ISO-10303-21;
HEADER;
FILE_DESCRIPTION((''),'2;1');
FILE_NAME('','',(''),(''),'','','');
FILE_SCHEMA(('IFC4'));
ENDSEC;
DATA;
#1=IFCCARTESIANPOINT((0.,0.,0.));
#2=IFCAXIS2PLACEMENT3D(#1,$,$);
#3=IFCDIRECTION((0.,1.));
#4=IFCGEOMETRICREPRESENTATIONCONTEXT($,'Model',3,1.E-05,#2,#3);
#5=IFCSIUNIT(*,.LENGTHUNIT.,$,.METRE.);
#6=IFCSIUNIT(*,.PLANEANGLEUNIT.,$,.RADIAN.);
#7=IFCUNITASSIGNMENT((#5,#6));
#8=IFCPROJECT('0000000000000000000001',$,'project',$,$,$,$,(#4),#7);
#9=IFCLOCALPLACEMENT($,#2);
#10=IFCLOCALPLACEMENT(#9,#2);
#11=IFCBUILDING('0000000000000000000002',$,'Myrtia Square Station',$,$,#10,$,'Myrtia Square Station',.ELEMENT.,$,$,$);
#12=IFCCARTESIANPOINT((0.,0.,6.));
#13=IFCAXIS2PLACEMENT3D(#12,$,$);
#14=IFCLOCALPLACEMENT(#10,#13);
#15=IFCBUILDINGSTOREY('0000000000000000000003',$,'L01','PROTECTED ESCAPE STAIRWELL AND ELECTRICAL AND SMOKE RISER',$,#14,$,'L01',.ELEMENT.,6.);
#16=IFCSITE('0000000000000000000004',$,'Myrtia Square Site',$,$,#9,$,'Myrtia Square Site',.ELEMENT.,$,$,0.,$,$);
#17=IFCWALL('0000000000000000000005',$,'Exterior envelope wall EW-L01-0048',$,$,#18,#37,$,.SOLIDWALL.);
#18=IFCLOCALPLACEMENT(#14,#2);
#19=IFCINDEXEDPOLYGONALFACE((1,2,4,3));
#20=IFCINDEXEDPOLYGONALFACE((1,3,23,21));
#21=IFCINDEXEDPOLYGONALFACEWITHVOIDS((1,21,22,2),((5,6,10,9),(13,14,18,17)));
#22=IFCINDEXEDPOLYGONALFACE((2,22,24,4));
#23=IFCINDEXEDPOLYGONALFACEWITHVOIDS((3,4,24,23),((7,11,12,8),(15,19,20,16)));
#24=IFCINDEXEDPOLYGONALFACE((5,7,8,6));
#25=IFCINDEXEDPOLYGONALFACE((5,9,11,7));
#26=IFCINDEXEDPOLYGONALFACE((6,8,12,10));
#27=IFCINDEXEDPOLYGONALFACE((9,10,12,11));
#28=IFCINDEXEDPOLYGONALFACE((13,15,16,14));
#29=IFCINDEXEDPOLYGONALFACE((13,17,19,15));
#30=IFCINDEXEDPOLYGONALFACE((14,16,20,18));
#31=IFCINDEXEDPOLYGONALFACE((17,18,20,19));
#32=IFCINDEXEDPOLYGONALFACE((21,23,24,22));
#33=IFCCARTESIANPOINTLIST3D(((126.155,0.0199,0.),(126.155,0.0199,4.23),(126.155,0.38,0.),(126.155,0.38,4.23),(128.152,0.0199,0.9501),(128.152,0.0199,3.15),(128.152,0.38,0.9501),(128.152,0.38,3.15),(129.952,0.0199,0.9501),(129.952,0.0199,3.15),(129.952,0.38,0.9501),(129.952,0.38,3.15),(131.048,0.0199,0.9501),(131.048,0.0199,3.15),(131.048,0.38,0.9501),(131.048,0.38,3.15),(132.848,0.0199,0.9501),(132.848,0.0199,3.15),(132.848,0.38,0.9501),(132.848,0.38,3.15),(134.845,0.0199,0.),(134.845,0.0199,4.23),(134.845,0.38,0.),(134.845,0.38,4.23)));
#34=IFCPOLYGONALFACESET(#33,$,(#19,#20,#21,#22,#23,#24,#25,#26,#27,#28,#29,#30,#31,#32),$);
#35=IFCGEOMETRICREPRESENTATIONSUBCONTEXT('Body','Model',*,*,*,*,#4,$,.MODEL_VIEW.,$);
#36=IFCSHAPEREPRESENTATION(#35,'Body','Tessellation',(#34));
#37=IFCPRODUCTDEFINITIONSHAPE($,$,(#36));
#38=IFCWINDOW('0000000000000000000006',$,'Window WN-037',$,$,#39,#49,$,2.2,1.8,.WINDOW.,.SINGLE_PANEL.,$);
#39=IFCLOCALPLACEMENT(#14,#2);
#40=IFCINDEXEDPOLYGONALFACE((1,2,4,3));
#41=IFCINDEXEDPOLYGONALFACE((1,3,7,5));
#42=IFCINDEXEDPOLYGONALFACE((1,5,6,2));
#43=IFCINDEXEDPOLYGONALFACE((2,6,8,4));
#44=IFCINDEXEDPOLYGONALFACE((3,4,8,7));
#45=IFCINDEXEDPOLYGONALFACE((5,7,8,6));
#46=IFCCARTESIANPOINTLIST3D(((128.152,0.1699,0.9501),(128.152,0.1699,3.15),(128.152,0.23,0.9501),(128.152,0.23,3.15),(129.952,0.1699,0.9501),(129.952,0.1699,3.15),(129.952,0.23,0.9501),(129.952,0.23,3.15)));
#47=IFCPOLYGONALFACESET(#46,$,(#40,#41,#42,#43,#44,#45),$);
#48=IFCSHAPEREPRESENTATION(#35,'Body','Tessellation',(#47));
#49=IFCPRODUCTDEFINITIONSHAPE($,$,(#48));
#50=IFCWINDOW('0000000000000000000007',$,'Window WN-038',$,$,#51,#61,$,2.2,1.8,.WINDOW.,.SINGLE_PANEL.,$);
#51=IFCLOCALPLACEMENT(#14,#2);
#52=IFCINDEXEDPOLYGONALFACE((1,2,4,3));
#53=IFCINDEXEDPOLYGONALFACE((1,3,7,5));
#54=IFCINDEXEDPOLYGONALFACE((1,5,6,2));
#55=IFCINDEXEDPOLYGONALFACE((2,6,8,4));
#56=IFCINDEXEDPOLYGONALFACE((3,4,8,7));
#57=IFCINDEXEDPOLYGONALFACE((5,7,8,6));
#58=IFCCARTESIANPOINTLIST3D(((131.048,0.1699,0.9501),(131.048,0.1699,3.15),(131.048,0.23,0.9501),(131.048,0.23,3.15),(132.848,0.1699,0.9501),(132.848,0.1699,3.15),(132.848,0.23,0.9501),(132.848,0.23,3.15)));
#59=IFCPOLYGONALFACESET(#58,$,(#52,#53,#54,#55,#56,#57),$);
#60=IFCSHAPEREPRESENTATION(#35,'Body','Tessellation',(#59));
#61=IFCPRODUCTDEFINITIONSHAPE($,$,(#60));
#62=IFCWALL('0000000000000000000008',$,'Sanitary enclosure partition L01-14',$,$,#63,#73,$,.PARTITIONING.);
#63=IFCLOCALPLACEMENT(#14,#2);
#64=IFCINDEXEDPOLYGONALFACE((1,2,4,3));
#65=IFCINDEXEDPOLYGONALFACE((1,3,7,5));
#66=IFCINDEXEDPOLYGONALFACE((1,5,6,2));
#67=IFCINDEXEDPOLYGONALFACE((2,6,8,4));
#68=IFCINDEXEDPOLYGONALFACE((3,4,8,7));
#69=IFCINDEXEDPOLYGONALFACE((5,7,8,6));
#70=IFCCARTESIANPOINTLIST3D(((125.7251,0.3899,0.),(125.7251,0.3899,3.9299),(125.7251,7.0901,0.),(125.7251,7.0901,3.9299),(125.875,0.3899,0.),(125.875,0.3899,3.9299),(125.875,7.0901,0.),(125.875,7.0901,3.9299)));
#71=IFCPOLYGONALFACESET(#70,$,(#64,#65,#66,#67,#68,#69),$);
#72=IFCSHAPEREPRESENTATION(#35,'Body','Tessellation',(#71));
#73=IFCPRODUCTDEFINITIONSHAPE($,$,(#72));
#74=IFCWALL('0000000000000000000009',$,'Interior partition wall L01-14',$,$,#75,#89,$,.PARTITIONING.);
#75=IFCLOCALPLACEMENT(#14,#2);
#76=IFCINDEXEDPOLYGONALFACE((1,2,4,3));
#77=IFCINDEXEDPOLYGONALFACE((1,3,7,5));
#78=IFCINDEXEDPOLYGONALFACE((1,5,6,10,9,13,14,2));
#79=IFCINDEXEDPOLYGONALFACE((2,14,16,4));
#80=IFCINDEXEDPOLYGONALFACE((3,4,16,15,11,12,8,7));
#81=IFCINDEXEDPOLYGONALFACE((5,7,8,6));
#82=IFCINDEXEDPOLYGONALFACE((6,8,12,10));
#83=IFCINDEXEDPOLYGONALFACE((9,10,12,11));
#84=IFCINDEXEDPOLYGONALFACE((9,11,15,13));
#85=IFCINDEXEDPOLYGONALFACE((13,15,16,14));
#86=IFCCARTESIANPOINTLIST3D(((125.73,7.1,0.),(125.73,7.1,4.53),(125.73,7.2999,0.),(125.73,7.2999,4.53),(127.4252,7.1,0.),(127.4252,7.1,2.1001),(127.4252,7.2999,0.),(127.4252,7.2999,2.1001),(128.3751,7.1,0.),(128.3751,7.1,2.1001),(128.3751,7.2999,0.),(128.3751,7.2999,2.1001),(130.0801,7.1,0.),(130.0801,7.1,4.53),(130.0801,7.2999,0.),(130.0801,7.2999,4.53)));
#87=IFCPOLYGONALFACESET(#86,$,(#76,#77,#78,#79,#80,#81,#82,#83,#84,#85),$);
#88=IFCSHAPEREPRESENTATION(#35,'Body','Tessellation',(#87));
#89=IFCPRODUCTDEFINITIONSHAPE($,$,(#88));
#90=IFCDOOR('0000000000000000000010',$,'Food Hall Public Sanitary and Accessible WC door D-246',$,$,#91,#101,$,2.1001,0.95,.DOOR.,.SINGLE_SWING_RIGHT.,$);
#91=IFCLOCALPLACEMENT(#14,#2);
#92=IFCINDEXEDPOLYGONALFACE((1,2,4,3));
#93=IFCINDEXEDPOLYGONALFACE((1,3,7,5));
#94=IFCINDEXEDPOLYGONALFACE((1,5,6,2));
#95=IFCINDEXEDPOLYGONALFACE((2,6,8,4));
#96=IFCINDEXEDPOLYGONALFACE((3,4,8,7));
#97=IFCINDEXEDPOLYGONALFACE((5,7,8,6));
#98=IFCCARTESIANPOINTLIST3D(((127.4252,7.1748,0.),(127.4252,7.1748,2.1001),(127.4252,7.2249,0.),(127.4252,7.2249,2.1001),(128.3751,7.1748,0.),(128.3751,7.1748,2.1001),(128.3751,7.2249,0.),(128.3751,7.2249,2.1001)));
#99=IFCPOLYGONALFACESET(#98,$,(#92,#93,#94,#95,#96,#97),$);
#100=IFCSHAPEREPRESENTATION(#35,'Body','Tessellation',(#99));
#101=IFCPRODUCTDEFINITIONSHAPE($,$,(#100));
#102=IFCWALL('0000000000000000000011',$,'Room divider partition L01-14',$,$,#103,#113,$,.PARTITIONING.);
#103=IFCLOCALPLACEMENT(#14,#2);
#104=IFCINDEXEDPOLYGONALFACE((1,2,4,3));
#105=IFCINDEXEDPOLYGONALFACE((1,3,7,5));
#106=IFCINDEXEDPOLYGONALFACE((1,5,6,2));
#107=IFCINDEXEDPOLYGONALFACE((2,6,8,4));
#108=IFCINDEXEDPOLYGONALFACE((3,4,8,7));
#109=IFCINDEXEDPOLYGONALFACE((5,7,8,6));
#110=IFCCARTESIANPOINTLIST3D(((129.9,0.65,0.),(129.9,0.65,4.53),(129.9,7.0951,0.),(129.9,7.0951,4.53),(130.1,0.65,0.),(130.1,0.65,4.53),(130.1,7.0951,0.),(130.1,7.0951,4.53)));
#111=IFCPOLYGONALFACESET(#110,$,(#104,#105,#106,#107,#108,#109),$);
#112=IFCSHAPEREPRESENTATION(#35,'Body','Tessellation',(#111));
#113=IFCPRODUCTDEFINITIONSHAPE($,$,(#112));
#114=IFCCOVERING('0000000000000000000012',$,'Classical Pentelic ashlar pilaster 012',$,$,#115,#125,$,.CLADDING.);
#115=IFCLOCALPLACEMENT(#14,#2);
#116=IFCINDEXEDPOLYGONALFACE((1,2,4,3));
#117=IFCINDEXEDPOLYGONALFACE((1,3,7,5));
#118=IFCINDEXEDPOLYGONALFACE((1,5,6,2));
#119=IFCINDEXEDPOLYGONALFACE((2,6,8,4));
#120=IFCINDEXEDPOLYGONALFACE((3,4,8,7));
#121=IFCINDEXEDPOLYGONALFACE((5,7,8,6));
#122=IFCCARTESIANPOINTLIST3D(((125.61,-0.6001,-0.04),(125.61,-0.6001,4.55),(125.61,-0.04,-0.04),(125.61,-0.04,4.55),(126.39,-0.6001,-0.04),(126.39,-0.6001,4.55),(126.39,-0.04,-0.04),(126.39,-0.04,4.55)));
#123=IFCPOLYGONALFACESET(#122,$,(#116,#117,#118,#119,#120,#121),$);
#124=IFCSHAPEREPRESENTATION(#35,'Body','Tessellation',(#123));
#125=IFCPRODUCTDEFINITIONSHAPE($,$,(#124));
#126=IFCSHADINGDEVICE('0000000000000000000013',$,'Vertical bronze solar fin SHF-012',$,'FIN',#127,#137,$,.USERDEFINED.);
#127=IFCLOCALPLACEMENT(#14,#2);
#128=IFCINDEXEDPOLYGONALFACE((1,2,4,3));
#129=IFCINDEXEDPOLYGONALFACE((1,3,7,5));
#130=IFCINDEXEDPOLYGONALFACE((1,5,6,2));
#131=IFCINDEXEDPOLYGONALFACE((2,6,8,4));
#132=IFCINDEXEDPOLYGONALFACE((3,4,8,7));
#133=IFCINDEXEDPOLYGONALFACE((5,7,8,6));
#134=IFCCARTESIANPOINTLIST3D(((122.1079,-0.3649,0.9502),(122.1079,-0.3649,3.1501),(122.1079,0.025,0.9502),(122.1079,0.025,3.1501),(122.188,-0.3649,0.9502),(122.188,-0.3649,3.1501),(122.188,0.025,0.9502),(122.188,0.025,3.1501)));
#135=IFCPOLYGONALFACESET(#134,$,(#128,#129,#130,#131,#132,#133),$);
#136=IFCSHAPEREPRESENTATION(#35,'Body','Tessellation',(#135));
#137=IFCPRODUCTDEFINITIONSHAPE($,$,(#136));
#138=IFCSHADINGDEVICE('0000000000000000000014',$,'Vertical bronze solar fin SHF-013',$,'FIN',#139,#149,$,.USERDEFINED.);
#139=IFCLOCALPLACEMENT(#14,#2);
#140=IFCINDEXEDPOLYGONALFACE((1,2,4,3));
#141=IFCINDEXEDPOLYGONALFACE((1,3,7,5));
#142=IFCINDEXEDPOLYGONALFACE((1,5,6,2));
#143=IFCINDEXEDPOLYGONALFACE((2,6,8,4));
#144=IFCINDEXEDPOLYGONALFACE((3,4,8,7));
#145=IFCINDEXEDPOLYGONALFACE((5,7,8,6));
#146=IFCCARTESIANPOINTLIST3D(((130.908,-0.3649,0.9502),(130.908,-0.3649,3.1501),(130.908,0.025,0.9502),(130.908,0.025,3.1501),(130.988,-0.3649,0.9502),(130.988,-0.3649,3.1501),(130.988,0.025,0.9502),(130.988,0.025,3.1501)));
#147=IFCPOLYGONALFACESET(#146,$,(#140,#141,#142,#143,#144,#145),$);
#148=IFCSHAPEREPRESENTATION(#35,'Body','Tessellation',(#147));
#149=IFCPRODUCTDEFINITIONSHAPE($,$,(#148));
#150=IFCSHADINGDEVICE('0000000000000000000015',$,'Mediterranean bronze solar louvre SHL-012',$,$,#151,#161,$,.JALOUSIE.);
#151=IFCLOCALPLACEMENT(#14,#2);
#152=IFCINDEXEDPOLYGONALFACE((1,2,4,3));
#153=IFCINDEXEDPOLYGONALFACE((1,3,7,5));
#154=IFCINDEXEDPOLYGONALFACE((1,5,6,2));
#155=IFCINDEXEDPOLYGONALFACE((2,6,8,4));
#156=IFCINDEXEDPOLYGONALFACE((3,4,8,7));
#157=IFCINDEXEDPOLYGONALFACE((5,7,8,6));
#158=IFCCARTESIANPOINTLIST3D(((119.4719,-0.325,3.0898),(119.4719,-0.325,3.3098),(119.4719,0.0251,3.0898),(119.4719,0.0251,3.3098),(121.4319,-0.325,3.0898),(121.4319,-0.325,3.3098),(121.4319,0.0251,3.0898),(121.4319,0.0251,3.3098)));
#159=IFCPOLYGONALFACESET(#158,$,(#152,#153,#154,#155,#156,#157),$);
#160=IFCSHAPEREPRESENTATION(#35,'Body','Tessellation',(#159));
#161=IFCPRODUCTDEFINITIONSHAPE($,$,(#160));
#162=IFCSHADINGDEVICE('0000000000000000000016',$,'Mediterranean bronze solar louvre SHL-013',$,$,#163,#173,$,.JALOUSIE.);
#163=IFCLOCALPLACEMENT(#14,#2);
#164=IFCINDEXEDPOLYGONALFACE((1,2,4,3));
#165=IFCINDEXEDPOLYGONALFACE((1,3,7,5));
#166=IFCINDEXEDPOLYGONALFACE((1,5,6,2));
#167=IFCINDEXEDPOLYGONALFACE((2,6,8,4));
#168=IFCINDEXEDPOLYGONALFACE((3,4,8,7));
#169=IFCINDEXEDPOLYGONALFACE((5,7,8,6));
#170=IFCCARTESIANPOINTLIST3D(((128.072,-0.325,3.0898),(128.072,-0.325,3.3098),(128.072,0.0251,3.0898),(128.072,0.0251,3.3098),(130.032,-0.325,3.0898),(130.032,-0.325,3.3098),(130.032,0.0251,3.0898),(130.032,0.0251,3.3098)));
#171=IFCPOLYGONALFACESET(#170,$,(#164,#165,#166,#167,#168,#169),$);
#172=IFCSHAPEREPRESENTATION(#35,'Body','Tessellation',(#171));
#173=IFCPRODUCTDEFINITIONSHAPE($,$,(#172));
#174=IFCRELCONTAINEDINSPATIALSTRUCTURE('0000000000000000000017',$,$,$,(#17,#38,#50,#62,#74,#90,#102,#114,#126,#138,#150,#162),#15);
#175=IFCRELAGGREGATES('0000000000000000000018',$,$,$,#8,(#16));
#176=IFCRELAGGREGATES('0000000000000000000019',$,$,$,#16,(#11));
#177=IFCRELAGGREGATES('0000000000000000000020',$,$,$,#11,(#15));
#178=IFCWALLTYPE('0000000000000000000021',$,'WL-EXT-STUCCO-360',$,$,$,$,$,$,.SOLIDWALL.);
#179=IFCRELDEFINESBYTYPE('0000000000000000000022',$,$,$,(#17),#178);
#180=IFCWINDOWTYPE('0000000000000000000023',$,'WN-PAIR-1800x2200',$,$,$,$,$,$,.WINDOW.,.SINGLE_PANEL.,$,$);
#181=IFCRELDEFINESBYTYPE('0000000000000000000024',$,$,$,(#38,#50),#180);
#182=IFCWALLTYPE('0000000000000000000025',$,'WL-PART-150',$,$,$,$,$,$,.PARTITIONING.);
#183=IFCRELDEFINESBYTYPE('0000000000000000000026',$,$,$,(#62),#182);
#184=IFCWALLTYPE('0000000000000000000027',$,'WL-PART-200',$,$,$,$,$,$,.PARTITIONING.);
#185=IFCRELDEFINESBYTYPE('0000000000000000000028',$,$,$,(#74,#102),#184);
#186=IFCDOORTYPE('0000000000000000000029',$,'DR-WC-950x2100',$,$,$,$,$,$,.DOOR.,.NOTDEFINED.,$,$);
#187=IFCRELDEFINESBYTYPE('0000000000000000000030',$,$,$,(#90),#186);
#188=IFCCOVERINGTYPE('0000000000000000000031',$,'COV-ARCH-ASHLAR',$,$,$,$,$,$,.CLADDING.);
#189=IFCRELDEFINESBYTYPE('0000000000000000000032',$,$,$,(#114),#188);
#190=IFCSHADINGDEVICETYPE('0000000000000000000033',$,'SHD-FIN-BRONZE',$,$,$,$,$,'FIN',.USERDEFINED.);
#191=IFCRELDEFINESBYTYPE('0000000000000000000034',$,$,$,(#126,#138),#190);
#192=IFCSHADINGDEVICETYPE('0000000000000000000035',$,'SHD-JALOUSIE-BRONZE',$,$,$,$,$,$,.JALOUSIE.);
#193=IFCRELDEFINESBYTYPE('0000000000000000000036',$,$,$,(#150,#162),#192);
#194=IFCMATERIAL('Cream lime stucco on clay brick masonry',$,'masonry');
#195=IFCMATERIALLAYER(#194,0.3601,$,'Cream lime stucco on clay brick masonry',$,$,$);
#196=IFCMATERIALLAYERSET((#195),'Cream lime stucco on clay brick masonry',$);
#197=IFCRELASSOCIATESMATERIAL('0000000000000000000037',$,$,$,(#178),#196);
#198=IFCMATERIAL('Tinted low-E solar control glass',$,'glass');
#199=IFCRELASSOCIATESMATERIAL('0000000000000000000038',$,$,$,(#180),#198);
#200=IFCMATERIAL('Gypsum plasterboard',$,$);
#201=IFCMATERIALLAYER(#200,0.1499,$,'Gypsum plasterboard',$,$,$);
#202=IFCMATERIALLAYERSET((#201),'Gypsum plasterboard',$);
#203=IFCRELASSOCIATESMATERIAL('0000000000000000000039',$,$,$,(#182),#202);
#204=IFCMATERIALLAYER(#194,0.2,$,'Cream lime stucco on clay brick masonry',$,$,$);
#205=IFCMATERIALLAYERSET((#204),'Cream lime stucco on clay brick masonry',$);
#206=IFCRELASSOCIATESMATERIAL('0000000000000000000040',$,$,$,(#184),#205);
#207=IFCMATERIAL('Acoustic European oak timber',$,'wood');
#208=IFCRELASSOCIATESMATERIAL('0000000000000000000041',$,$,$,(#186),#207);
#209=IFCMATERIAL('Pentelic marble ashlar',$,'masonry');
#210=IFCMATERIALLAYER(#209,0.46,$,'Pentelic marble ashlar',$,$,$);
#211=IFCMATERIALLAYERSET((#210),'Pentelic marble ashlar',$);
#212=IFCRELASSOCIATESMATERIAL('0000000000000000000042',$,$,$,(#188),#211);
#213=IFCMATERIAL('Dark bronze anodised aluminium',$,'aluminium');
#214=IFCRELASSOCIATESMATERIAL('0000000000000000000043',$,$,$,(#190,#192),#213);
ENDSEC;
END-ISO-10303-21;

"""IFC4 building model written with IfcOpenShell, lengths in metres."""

from ifc_helpers import new_model, si_unit, direction, frame, frame_2d, origin, origin_2d, place, context, subcontext, project, spatial, rectangle, extrude, material, layer, layer_set, type_object, element, fill, save


model = new_model("IFC4")

# Units and contexts
model_context = context("Model", 3, precision=1e-05, world=origin(), true_north=direction((0.0, 1.0)))
body_context = subcontext(model_context, "Body", "Model", "MODEL_VIEW")
ifc_project = project(units=[si_unit("LENGTHUNIT", "METRE"), si_unit("PLANEANGLEUNIT", "RADIAN")], contexts=[model_context])

# Site, building, storey
site_placement = place(None, origin())
site = spatial("IfcSite", under=ifc_project, at=site_placement, Name="Myrtia Square Site", LongName="Myrtia Square Site", CompositionType="ELEMENT", RefElevation=0.0)
building_placement = place(site_placement, origin())
building = spatial("IfcBuilding", under=site, at=building_placement, Name="Myrtia Square Station", LongName="Myrtia Square Station", CompositionType="ELEMENT")
storey_placement = place(building_placement, frame((0.0, 0.0, 6.0)))
storey = spatial("IfcBuildingStorey", under=building, at=storey_placement, Name="L01", Description="PROTECTED ESCAPE STAIRWELL AND ELECTRICAL AND SMOKE RISER", LongName="L01", CompositionType="ELEMENT", Elevation=6.0)

# Shared definitions
ifc_material_1 = material(Name="Dark bronze anodised aluminium", Category="aluminium")

# Wall, openings, windows
ifc_material_2 = material(Name="Cream lime stucco on clay brick masonry", Category="masonry")
ifc_layer_1 = layer(ifc_material_2, 0.3601, Name="Cream lime stucco on clay brick masonry")
ifc_layer_set_1 = layer_set([ifc_layer_1], Name="Cream lime stucco on clay brick masonry")
wall_type_1 = type_object("IfcWallType", Name="WL-EXT-STUCCO-360", PredefinedType="SOLIDWALL", material=ifc_layer_set_1)
wall_1_placement = place(storey_placement, frame((126.155, 0.2, 0.0), z_axis=(0.0, 0.0, 1.0), x_axis=(1.0, 0.0, 0.0)))
wall_1 = element("IfcWall", 1, at=wall_1_placement, inside=storey, type_object=wall_type_1, Name="Exterior envelope wall EW-L01-0048", PredefinedType="SOLIDWALL", context=body_context, shape_type="SweptSolid", body=[
    extrude(rectangle(XDim=8.6899, YDim=0.3601, at=frame_2d((4.345, 0.0))), origin(), (0.0, 0.0, 1.0), 4.23),
])
opening_1_placement = place(wall_1_placement, frame((1.9971, 0.0, 0.95)))
opening_1 = element("IfcOpeningElement", 2, at=opening_1_placement, cuts=wall_1, PredefinedType="OPENING", context=body_context, shape_type="SweptSolid", body=[
    extrude(rectangle(XDim=1.8, YDim=2.2, at=frame_2d((0.8999, 1.1001))), frame((0.0, 0.1951, 0.0), z_axis=(0.0, -1.0, 0.0), x_axis=(1.0, 0.0, 0.0)), (0.0, 0.0, 1.0), 0.3901),
])
opening_2_placement = place(wall_1_placement, frame((4.8931, 0.0, 0.95)))
opening_2 = element("IfcOpeningElement", 3, at=opening_2_placement, cuts=wall_1, PredefinedType="OPENING", context=body_context, shape_type="SweptSolid", body=[
    extrude(rectangle(XDim=1.8, YDim=2.2, at=frame_2d((0.8999, 1.1001))), frame((0.0, 0.1951, 0.0), z_axis=(0.0, -1.0, 0.0), x_axis=(1.0, 0.0, 0.0)), (0.0, 0.0, 1.0), 0.3901),
])
ifc_material_3 = material(Name="Tinted low-E solar control glass", Category="glass")
window_type = type_object("IfcWindowType", Name="WN-PAIR-1800x2200", PartitioningType="SINGLE_PANEL", PredefinedType="WINDOW", material=ifc_material_3)
window_1_placement = place(opening_1_placement, origin())
window_1 = element("IfcWindow", 4, at=window_1_placement, inside=storey, type_object=window_type, Name="Window WN-037", OverallHeight=2.2, OverallWidth=1.8, PartitioningType="SINGLE_PANEL", PredefinedType="WINDOW", context=body_context, shape_type="SweptSolid", body=[
    extrude(rectangle(XDim=1.8, YDim=2.2, at=frame_2d((0.8999, 1.1001))), frame((0.0, 0.03, 0.0), z_axis=(0.0, -1.0, 0.0), x_axis=(1.0, 0.0, 0.0)), (0.0, 0.0, 1.0), 0.0601),
])
fill(opening_1, window_1)
window_2_placement = place(opening_2_placement, origin())
window_2 = element("IfcWindow", 5, at=window_2_placement, inside=storey, type_object=window_type, Name="Window WN-038", OverallHeight=2.2, OverallWidth=1.8, PartitioningType="SINGLE_PANEL", PredefinedType="WINDOW", context=body_context, shape_type="SweptSolid", body=[
    extrude(rectangle(XDim=1.8, YDim=2.2, at=frame_2d((0.8999, 1.1001))), frame((0.0, 0.03, 0.0), z_axis=(0.0, -1.0, 0.0), x_axis=(1.0, 0.0, 0.0)), (0.0, 0.0, 1.0), 0.0601),
])
fill(opening_2, window_2)

# Wall
ifc_material_4 = material(Name="Gypsum plasterboard")
ifc_layer_2 = layer(ifc_material_4, 0.1499, Name="Gypsum plasterboard")
ifc_layer_set_2 = layer_set([ifc_layer_2], Name="Gypsum plasterboard")
wall_type_2 = type_object("IfcWallType", Name="WL-PART-150", PredefinedType="PARTITIONING", material=ifc_layer_set_2)
wall_2_placement = place(storey_placement, frame((125.8, 0.3899, 0.0), z_axis=(0.0, 0.0, 1.0), x_axis=(0.0, 1.0, 0.0)))
element("IfcWall", 6, at=wall_2_placement, inside=storey, type_object=wall_type_2, Name="Sanitary enclosure partition L01-14", PredefinedType="PARTITIONING", context=body_context, shape_type="SweptSolid", body=[
    extrude(rectangle(XDim=6.7002, YDim=0.1499, at=frame_2d((3.3501, 0.0))), origin(), (0.0, 0.0, 1.0), 3.9299),
])

# Wall, opening, door
ifc_layer_3 = layer(ifc_material_2, 0.2, Name="Cream lime stucco on clay brick masonry")
ifc_layer_set_3 = layer_set([ifc_layer_3], Name="Cream lime stucco on clay brick masonry")
wall_type_3 = type_object("IfcWallType", Name="WL-PART-200", PredefinedType="PARTITIONING", material=ifc_layer_set_3)
wall_3_placement = place(storey_placement, frame((125.73, 7.2, 0.0), z_axis=(0.0, 0.0, 1.0), x_axis=(1.0, 0.0, 0.0)))
wall_3 = element("IfcWall", 7, at=wall_3_placement, inside=storey, type_object=wall_type_3, Name="Interior partition wall L01-14", PredefinedType="PARTITIONING", context=body_context, shape_type="SweptSolid", body=[
    extrude(rectangle(XDim=4.3501, YDim=0.2, at=frame_2d((2.175, 0.0))), origin(), (0.0, 0.0, 1.0), 4.53),
])
opening_3_placement = place(wall_3_placement, frame((1.6951, 0.0, 0.0)))
opening_3 = element("IfcOpeningElement", 8, at=opening_3_placement, cuts=wall_3, PredefinedType="OPENING", context=body_context, shape_type="SweptSolid", body=[
    extrude(rectangle(XDim=0.95, YDim=2.1001, at=frame_2d((0.4751, 1.05))), frame((0.0, 0.115, 0.0), z_axis=(0.0, -1.0, 0.0), x_axis=(1.0, 0.0, 0.0)), (0.0, 0.0, 1.0), 0.23),
])
ifc_material_5 = material(Name="Acoustic European oak timber", Category="wood")
door_type_1 = type_object("IfcDoorType", Name="DR-WC-950x2100", OperationType="NOTDEFINED", PredefinedType="DOOR", material=ifc_material_5)
door_1_placement = place(opening_3_placement, origin())
door_1 = element("IfcDoor", 9, at=door_1_placement, inside=storey, type_object=door_type_1, Name="Food Hall Public Sanitary and Accessible WC door D-246", OperationType="SINGLE_SWING_RIGHT", OverallHeight=2.1001, OverallWidth=0.95, PredefinedType="DOOR", context=body_context, shape_type="SweptSolid", body=[
    extrude(rectangle(XDim=0.95, YDim=2.1001, at=frame_2d((0.4751, 1.05))), frame((0.0, 0.0249, 0.0), z_axis=(0.0, -1.0, 0.0), x_axis=(1.0, 0.0, 0.0)), (0.0, 0.0, 1.0), 0.05),
])
fill(opening_3, door_1)

# Wall
wall_4_placement = place(storey_placement, frame((130.0, 0.6499, 0.0), z_axis=(0.0, 0.0, 1.0), x_axis=(0.0, 1.0, 0.0)))
element("IfcWall", 10, at=wall_4_placement, inside=storey, type_object=wall_type_3, Name="Room divider partition L01-14", PredefinedType="PARTITIONING", context=body_context, shape_type="SweptSolid", body=[
    extrude(rectangle(XDim=6.4451, YDim=0.2, at=frame_2d((3.2227, 0.0))), origin(), (0.0, 0.0, 1.0), 4.53),
])

# Covering
ifc_material_6 = material(Name="Pentelic marble ashlar", Category="masonry")
ifc_layer_4 = layer(ifc_material_6, 0.46, Name="Pentelic marble ashlar")
ifc_layer_set_4 = layer_set([ifc_layer_4], Name="Pentelic marble ashlar")
covering_type = type_object("IfcCoveringType", Name="COV-ARCH-ASHLAR", PredefinedType="CLADDING", material=ifc_layer_set_4)
covering_placement = place(storey_placement, frame((126.0, -0.3201, -0.04), z_axis=(0.0, 0.0, 1.0), x_axis=(1.0, 0.0, 0.0)))
element("IfcCovering", 11, at=covering_placement, inside=storey, type_object=covering_type, Name="Classical Pentelic ashlar pilaster 012", PredefinedType="CLADDING", context=body_context, shape_type="SweptSolid", body=[
    extrude(rectangle(XDim=0.78, YDim=0.5601, at=origin_2d()), origin(), (0.0, 0.0, 1.0), 4.5901),
])

# Shading devices
shading_device_type_1 = type_object("IfcShadingDeviceType", Name="SHD-FIN-BRONZE", ElementType="FIN", PredefinedType="USERDEFINED", material=ifc_material_1)
for number, where, z_axis, x_axis, name in (
    (12, (122.1479, -0.1699, 0.9502), (0.0, 0.0, 1.0), (1.0, 0.0, 0.0), "Vertical bronze solar fin SHF-012"),
    (13, (130.948, -0.1699, 0.9502), (0.0, 0.0, 1.0), (1.0, 0.0, 0.0), "Vertical bronze solar fin SHF-013"),
):
    element("IfcShadingDevice", number, at=place(storey_placement, frame(where, z_axis=z_axis, x_axis=x_axis)), inside=storey, type_object=shading_device_type_1, Name=name, ObjectType="FIN", PredefinedType="USERDEFINED", context=body_context, shape_type="SweptSolid", body=[
        extrude(rectangle(XDim=0.0801, YDim=0.3899, at=origin_2d()), origin(), (0.0, 0.0, 1.0), 2.2),
    ])
shading_device_type_2 = type_object("IfcShadingDeviceType", Name="SHD-JALOUSIE-BRONZE", PredefinedType="JALOUSIE", material=ifc_material_1)
for number, where, z_axis, x_axis, name in (
    (14, (120.4519, -0.1499, 3.0898), (0.0, 0.0, 1.0), (1.0, 0.0, 0.0), "Mediterranean bronze solar louvre SHL-012"),
    (15, (129.052, -0.1499, 3.0898), (0.0, 0.0, 1.0), (1.0, 0.0, 0.0), "Mediterranean bronze solar louvre SHL-013"),
):
    element("IfcShadingDevice", number, at=place(storey_placement, frame(where, z_axis=z_axis, x_axis=x_axis)), inside=storey, type_object=shading_device_type_2, Name=name, PredefinedType="JALOUSIE", context=body_context, shape_type="SweptSolid", body=[
        extrude(rectangle(XDim=1.96, YDim=0.3501, at=origin_2d()), origin(), (0.0, 0.0, 1.0), 0.22),
    ])

save(model, "model.ifc")
